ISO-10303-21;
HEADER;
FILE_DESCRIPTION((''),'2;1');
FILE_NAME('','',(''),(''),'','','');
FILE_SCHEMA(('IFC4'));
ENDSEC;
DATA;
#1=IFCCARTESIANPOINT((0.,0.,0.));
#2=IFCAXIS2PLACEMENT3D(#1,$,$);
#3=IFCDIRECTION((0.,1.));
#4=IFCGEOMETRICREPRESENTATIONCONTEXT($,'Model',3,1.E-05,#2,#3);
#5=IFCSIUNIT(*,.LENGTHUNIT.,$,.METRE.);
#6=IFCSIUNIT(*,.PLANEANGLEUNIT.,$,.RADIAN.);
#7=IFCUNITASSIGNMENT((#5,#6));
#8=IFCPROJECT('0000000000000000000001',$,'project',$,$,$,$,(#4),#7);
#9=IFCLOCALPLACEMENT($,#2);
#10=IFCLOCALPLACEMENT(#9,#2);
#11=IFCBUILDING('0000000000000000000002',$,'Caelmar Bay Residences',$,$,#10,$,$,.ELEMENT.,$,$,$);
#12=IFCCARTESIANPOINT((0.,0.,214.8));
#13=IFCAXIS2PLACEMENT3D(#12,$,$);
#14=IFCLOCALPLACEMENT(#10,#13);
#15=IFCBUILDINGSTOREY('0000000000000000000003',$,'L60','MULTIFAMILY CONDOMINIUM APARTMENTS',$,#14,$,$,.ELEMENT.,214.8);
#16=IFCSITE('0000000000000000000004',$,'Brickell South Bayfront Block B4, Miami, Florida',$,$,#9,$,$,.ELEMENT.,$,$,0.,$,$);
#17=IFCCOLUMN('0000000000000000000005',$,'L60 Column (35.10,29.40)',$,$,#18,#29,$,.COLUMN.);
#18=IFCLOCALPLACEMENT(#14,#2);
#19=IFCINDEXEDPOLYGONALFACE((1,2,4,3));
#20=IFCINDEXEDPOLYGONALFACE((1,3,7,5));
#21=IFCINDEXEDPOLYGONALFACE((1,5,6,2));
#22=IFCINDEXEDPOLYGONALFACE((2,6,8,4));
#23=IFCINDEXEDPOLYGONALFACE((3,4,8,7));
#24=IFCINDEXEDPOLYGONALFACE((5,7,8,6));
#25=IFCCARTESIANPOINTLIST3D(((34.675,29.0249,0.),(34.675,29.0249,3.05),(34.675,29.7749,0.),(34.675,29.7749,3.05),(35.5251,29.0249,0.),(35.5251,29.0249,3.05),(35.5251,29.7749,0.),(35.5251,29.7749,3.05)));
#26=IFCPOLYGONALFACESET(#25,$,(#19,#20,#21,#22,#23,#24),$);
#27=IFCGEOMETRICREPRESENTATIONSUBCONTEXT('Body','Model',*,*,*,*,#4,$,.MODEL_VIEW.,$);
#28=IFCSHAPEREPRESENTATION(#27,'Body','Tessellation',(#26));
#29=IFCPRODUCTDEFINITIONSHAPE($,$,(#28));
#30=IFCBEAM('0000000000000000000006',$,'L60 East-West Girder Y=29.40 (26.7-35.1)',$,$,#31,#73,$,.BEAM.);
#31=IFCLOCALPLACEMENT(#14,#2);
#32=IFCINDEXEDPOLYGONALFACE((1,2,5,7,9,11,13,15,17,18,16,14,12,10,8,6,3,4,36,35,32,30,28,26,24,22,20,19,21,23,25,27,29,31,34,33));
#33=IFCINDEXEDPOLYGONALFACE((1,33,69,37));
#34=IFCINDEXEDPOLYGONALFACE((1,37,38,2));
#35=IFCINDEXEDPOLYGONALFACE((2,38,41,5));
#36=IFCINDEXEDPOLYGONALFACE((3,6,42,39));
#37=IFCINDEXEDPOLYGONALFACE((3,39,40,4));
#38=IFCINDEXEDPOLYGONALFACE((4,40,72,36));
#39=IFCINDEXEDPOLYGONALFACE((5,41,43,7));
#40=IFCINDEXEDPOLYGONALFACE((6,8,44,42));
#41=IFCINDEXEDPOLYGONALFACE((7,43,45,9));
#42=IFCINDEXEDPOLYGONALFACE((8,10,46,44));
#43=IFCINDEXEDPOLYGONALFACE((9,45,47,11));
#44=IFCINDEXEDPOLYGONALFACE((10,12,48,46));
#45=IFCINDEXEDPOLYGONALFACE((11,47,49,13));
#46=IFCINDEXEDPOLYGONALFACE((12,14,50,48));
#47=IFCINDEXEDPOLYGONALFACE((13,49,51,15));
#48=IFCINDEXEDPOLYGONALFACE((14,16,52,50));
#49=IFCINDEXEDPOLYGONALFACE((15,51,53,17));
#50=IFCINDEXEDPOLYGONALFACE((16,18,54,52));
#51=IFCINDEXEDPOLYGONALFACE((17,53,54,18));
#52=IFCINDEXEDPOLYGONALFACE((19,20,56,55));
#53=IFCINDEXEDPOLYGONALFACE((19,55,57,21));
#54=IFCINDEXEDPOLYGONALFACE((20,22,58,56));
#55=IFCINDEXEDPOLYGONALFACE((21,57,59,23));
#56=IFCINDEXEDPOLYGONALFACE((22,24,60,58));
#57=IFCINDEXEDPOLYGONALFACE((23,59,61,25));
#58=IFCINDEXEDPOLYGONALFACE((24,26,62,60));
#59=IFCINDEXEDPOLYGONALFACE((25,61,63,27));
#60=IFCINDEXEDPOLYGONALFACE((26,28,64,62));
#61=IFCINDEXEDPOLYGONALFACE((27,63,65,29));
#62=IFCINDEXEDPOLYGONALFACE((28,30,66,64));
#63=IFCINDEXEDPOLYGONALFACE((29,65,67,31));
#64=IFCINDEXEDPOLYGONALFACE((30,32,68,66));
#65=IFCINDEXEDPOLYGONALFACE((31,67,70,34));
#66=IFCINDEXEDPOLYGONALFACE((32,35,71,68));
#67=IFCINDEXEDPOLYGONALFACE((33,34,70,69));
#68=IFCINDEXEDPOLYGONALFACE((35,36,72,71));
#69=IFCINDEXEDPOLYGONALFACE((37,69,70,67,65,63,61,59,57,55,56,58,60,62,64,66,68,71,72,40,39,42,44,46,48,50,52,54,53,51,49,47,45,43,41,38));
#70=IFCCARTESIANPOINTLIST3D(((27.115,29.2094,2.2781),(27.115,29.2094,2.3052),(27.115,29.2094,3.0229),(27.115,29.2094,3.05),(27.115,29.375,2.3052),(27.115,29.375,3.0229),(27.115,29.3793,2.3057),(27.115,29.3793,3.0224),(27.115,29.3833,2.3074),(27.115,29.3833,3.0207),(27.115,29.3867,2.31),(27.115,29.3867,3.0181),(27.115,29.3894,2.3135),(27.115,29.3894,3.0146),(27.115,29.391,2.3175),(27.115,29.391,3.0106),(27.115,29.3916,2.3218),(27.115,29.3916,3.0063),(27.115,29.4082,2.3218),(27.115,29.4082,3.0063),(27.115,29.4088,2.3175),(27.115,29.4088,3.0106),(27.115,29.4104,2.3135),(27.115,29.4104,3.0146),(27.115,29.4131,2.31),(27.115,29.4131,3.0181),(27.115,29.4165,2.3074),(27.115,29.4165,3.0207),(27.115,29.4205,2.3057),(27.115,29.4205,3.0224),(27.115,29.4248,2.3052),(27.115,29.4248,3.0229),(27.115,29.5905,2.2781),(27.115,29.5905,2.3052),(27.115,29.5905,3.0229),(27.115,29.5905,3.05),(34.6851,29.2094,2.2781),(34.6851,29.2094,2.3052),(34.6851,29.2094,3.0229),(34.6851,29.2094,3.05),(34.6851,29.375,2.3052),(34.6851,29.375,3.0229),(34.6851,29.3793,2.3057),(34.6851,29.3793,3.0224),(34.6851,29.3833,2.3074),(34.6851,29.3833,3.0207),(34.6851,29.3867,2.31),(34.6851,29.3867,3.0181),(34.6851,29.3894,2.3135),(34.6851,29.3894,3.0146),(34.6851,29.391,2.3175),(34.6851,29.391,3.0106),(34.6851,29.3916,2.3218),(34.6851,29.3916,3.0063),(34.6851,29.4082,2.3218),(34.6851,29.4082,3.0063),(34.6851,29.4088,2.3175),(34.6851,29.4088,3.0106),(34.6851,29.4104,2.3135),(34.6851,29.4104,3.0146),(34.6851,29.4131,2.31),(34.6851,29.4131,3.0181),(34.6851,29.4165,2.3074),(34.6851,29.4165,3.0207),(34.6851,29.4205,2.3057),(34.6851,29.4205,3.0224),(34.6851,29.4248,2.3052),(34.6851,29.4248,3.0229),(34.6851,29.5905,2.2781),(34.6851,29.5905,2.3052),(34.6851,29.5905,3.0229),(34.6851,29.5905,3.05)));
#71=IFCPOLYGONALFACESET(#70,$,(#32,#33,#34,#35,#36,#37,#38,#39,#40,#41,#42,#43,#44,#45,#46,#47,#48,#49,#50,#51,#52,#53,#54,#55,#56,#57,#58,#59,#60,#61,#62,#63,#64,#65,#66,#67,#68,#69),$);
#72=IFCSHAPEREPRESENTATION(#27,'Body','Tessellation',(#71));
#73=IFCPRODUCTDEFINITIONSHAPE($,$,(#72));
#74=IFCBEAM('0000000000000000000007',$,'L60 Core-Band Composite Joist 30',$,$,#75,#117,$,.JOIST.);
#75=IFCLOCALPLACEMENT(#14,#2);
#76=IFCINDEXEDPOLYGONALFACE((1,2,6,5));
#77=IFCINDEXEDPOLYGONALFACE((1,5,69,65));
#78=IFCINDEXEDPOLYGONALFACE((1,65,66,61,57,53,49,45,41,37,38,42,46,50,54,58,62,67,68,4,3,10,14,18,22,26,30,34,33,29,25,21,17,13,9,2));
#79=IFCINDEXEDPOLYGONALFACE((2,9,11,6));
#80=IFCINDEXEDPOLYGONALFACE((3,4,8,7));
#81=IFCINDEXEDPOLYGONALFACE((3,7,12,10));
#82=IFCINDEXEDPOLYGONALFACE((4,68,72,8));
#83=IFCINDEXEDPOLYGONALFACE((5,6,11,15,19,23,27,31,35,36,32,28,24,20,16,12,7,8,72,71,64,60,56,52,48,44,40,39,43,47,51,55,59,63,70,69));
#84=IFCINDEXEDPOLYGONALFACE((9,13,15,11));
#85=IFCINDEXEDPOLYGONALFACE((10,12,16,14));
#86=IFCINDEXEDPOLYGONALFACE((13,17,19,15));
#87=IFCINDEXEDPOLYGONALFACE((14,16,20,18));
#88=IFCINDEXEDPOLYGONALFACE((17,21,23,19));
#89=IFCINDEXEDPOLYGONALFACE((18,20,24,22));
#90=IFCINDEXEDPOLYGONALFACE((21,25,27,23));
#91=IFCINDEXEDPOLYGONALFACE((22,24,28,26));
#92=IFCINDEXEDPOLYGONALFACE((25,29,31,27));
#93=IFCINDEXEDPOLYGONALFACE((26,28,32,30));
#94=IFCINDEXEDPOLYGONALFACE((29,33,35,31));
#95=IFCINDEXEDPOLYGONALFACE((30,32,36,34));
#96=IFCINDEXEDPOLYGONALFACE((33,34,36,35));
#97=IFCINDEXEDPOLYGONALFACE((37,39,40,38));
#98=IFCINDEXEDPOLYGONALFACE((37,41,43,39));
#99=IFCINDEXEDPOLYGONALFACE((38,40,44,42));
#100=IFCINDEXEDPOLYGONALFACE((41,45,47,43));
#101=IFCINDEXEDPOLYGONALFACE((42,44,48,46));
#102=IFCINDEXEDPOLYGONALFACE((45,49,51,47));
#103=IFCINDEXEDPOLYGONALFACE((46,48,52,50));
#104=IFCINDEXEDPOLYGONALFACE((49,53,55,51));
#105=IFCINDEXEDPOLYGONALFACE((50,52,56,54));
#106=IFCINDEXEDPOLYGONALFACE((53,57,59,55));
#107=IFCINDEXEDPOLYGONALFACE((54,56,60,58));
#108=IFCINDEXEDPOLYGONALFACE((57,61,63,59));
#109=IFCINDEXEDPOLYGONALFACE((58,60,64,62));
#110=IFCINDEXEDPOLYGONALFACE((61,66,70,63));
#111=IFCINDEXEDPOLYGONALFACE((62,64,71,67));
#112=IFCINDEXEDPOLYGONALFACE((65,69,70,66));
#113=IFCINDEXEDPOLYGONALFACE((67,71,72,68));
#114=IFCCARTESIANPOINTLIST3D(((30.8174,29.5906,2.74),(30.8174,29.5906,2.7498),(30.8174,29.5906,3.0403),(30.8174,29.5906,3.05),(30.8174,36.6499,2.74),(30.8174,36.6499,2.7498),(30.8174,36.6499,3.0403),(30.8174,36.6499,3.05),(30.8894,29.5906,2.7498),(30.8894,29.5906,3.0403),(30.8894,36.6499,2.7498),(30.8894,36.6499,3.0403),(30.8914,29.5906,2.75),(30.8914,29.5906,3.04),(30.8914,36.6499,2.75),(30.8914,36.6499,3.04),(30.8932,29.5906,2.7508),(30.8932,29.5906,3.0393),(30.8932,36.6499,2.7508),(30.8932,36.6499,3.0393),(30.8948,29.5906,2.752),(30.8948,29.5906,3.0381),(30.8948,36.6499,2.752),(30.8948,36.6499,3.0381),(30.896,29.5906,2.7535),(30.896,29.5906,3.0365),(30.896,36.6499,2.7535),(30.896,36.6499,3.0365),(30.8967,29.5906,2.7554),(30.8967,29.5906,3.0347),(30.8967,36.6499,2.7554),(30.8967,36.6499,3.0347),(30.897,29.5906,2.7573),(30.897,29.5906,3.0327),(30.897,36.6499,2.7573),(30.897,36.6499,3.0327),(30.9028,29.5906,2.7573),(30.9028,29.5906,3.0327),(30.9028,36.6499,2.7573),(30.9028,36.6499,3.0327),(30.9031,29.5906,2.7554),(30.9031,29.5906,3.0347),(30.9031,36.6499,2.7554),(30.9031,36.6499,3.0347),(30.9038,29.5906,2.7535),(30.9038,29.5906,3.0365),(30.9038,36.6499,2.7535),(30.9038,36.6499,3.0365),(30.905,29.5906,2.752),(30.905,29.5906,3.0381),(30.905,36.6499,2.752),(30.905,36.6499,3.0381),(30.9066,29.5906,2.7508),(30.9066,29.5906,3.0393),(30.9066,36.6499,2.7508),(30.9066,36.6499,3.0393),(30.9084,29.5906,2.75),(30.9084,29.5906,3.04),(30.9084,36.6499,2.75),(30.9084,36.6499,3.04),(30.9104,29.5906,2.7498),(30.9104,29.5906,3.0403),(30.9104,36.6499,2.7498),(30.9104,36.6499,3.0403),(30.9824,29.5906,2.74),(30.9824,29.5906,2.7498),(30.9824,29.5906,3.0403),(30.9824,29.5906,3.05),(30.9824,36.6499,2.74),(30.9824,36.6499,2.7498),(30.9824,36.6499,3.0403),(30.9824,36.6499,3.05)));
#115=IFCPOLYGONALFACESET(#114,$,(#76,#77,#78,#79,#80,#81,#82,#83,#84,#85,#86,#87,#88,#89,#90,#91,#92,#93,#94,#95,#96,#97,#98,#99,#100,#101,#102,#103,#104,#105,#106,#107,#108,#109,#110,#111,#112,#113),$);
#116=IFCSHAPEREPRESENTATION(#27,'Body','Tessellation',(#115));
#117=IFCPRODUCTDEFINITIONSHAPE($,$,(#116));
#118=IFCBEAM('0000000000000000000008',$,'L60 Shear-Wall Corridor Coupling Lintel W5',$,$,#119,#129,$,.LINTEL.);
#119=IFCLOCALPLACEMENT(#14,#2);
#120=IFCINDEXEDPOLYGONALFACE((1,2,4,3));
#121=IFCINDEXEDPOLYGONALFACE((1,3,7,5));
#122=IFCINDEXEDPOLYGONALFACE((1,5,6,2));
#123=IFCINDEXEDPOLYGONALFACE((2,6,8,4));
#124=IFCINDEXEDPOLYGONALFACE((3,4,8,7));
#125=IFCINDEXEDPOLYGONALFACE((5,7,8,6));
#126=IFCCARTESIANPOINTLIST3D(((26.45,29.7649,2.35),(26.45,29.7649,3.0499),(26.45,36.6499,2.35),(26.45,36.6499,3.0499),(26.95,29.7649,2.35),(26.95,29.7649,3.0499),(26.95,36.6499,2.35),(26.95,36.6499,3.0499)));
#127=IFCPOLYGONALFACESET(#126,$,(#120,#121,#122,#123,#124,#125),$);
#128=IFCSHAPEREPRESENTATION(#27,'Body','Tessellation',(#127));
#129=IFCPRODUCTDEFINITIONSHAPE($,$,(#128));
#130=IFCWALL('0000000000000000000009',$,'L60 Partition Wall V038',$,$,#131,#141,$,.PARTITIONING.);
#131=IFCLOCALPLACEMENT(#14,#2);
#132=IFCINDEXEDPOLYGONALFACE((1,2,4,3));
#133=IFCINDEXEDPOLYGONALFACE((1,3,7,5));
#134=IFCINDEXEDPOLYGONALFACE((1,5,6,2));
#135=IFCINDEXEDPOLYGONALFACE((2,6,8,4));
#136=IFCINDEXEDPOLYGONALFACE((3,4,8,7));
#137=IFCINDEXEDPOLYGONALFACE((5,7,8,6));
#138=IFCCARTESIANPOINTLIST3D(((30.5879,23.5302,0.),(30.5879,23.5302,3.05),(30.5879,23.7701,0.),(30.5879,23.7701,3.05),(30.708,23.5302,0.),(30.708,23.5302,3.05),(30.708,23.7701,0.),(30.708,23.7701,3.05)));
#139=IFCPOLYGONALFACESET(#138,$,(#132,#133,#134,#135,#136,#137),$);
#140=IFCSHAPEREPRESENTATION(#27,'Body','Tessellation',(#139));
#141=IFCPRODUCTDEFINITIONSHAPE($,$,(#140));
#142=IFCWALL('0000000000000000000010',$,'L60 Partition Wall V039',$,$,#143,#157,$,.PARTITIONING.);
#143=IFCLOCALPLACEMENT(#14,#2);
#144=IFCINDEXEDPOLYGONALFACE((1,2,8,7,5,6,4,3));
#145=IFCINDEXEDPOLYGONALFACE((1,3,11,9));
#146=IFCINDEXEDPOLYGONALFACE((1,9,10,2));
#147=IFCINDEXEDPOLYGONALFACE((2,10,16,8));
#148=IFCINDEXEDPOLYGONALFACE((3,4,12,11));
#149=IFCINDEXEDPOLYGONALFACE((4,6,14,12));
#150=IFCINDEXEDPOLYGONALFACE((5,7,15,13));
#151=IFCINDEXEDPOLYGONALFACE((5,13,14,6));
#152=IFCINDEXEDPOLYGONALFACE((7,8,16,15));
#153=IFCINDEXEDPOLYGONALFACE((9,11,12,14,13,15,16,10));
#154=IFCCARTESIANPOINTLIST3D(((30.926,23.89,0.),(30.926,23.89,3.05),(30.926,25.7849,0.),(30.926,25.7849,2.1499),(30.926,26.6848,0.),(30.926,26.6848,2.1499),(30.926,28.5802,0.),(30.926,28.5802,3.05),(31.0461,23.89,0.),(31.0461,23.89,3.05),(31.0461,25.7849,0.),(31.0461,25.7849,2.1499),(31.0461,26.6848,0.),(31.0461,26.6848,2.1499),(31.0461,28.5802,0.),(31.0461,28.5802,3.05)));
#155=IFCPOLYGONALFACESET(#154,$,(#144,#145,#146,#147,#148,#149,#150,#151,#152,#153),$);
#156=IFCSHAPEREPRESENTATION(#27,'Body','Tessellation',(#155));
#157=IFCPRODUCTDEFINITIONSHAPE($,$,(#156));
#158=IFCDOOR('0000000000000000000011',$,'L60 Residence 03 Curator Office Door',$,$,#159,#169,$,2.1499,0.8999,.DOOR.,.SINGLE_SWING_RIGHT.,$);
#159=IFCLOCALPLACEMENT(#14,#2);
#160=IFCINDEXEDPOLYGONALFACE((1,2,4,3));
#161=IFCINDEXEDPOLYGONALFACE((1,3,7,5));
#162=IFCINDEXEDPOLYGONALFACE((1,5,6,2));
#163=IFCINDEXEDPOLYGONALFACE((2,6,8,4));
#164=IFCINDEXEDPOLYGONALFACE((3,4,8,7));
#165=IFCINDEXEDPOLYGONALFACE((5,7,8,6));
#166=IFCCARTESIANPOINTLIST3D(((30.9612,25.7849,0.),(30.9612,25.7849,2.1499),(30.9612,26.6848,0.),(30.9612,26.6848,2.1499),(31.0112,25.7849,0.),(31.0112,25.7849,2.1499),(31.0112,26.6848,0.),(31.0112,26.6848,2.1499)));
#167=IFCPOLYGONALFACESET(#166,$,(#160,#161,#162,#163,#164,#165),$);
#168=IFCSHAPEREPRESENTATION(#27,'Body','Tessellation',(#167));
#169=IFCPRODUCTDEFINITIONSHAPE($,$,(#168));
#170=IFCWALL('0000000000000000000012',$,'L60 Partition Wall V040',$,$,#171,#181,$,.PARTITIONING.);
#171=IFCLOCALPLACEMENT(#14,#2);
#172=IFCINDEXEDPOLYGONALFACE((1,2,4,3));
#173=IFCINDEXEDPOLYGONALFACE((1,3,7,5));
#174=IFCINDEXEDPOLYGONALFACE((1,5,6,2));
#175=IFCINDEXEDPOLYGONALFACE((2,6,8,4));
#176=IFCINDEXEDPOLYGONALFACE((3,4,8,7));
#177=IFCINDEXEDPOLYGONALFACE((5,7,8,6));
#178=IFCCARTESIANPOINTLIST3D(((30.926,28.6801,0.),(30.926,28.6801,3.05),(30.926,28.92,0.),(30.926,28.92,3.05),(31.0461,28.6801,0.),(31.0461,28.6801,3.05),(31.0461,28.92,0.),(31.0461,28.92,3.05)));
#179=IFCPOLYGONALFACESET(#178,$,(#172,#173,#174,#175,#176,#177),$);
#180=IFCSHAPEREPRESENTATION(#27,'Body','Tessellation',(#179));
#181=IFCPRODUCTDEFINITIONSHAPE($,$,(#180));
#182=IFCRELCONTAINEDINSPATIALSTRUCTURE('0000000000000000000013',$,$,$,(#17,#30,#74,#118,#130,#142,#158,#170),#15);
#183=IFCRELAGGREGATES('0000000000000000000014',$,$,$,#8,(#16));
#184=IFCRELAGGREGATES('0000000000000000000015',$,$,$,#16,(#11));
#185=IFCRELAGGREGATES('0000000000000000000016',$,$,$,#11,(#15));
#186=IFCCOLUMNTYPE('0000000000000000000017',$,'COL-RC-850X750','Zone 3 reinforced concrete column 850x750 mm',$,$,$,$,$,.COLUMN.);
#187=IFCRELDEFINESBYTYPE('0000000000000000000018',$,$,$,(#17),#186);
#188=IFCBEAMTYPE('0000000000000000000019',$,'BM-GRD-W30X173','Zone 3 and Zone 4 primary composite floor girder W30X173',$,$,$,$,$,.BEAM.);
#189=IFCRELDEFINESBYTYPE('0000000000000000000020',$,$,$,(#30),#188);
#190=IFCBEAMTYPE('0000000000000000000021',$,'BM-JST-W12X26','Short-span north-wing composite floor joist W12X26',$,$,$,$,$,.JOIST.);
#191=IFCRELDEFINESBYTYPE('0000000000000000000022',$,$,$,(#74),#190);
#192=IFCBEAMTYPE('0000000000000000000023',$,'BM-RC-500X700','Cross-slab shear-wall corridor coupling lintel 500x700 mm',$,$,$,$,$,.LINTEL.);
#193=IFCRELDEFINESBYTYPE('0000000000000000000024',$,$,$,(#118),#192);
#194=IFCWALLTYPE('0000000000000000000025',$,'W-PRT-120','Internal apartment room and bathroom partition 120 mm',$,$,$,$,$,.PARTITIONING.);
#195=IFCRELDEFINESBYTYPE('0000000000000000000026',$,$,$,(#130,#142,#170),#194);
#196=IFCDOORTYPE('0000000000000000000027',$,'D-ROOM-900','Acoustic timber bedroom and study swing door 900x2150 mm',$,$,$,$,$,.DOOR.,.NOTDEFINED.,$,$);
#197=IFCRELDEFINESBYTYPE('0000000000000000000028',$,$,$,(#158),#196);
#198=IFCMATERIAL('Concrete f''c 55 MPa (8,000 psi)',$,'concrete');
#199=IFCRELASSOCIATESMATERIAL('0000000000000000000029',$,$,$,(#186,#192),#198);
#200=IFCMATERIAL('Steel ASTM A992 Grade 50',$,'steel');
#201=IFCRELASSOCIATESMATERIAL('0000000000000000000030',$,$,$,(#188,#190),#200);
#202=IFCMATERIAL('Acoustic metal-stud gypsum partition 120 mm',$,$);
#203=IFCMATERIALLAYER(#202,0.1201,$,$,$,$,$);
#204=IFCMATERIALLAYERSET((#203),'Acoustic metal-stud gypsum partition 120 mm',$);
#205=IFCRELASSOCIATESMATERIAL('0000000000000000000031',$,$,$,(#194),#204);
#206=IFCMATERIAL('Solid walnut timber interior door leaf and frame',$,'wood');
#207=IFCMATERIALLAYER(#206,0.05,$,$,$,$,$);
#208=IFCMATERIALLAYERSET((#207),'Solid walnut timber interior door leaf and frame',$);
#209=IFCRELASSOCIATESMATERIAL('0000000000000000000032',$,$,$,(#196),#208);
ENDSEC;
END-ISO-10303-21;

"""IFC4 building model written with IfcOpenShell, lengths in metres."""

from ifc_helpers import new_model, si_unit, direction, frame, frame_2d, origin, origin_2d, place, context, subcontext, project, spatial, rectangle, i_section, extrude, material, layer, layer_set, material_profile, profile_set, type_object, element, fill, save


model = new_model("IFC4")

# Units and contexts
model_context = context("Model", 3, precision=1e-05, world=origin(), true_north=direction((0.0, 1.0)))
body_context = subcontext(model_context, "Body", "Model", "MODEL_VIEW")
ifc_project = project(units=[si_unit("LENGTHUNIT", "METRE"), si_unit("PLANEANGLEUNIT", "RADIAN")], contexts=[model_context])

# Site, building, storey
site_placement = place(None, origin())
site = spatial("IfcSite", under=ifc_project, at=site_placement, Name="Brickell South Bayfront Block B4, Miami, Florida", CompositionType="ELEMENT", RefElevation=0.0)
building_placement = place(site_placement, origin())
building = spatial("IfcBuilding", under=site, at=building_placement, Name="Caelmar Bay Residences", CompositionType="ELEMENT")
storey_placement = place(building_placement, frame((0.0, 0.0, 214.8)))
storey = spatial("IfcBuildingStorey", under=building, at=storey_placement, Name="L60", Description="MULTIFAMILY CONDOMINIUM APARTMENTS", CompositionType="ELEMENT", Elevation=214.8)

# Column
ifc_material_1 = material(Name="Concrete f'c 55 MPa (8,000 psi)", Category="concrete")
ifc_material_profile_1 = material_profile(ifc_material_1, rectangle(XDim=0.8501, YDim=0.75, at=origin_2d()), Name="RC-COL-850X750")
ifc_profile_set_1 = profile_set([ifc_material_profile_1], Name="Concrete f'c 55 MPa (8,000 psi)")
column_type = type_object("IfcColumnType", Name="COL-RC-850X750", Description="Zone 3 reinforced concrete column 850x750 mm", PredefinedType="COLUMN", material=ifc_profile_set_1)
column_placement = place(storey_placement, frame((35.1001, 29.3999, 0.0), z_axis=(0.0, 0.0, 1.0), x_axis=(1.0, 0.0, 0.0)))
element("IfcColumn", 1, at=column_placement, inside=storey, type_object=column_type, Name="L60 Column (35.10,29.40)", PredefinedType="COLUMN", context=body_context, shape_type="SweptSolid", body=[
    extrude(rectangle(XDim=0.8501, YDim=0.75, at=origin_2d()), origin(), (0.0, 0.0, 1.0), 3.05),
])

# Beams
ifc_material_2 = material(Name="Steel ASTM A992 Grade 50", Category="steel")
ifc_material_profile_2 = material_profile(ifc_material_2, i_section(OverallWidth=0.3811, OverallDepth=0.772, WebThickness=0.0166, FlangeThickness=0.0271, FilletRadius=0.0166, at=origin_2d()), Name="W30X173")
ifc_profile_set_2 = profile_set([ifc_material_profile_2], Name="Steel ASTM A992 Grade 50")
beam_type_1 = type_object("IfcBeamType", Name="BM-GRD-W30X173", Description="Zone 3 and Zone 4 primary composite floor girder W30X173", PredefinedType="BEAM", material=ifc_profile_set_2)
beam_1_placement = place(storey_placement, frame((27.115, 29.3999, 2.6641), z_axis=(1.0, 0.0, 0.0), x_axis=(0.0, 1.0, 0.0)))
element("IfcBeam", 2, at=beam_1_placement, inside=storey, type_object=beam_type_1, Name="L60 East-West Girder Y=29.40 (26.7-35.1)", PredefinedType="BEAM", context=body_context, shape_type="SweptSolid", body=[
    extrude(i_section(OverallWidth=0.3811, OverallDepth=0.772, WebThickness=0.0166, FlangeThickness=0.0271, FilletRadius=0.0166, at=origin_2d()), origin(), (0.0, 0.0, 1.0), 7.5701),
])
ifc_material_profile_3 = material_profile(ifc_material_2, i_section(OverallWidth=0.165, OverallDepth=0.3101, WebThickness=0.0059, FlangeThickness=0.0098, FilletRadius=0.0076, at=origin_2d()), Name="W12X26")
ifc_profile_set_3 = profile_set([ifc_material_profile_3], Name="Steel ASTM A992 Grade 50")
beam_type_2 = type_object("IfcBeamType", Name="BM-JST-W12X26", Description="Short-span north-wing composite floor joist W12X26", PredefinedType="JOIST", material=ifc_profile_set_3)
beam_2_placement = place(storey_placement, frame((30.8999, 29.5906, 2.895), z_axis=(0.0, 1.0, 0.0), x_axis=(-1.0, 0.0, 0.0)))
element("IfcBeam", 3, at=beam_2_placement, inside=storey, type_object=beam_type_2, Name="L60 Core-Band Composite Joist 30", PredefinedType="JOIST", context=body_context, shape_type="SweptSolid", body=[
    extrude(i_section(OverallWidth=0.165, OverallDepth=0.3101, WebThickness=0.0059, FlangeThickness=0.0098, FilletRadius=0.0076, at=origin_2d()), origin(), (0.0, 0.0, 1.0), 7.0593),
])
ifc_material_profile_4 = material_profile(ifc_material_1, rectangle(XDim=0.5, YDim=0.7, at=origin_2d()), Name="RC-BM-500X700")
ifc_profile_set_4 = profile_set([ifc_material_profile_4], Name="Concrete f'c 55 MPa (8,000 psi)")
beam_type_3 = type_object("IfcBeamType", Name="BM-RC-500X700", Description="Cross-slab shear-wall corridor coupling lintel 500x700 mm", PredefinedType="LINTEL", material=ifc_profile_set_4)
beam_3_placement = place(storey_placement, frame((26.7, 29.7649, 2.7), z_axis=(0.0, 1.0, 0.0), x_axis=(-1.0, 0.0, 0.0)))
element("IfcBeam", 4, at=beam_3_placement, inside=storey, type_object=beam_type_3, Name="L60 Shear-Wall Corridor Coupling Lintel W5", PredefinedType="LINTEL", context=body_context, shape_type="SweptSolid", body=[
    extrude(rectangle(XDim=0.5, YDim=0.7, at=origin_2d()), origin(), (0.0, 0.0, 1.0), 6.885),
])

# Wall
ifc_material_3 = material(Name="Acoustic metal-stud gypsum partition 120 mm")
ifc_layer_1 = layer(ifc_material_3, 0.1201)
ifc_layer_set_1 = layer_set([ifc_layer_1], Name="Acoustic metal-stud gypsum partition 120 mm")
wall_type_1 = type_object("IfcWallType", Name="W-PRT-120", Description="Internal apartment room and bathroom partition 120 mm", PredefinedType="PARTITIONING", material=ifc_layer_set_1)
wall_1_placement = place(storey_placement, frame((30.6479, 23.53, 0.0), z_axis=(0.0, 0.0, 1.0), x_axis=(0.0, 1.0, 0.0)))
element("IfcWall", 5, at=wall_1_placement, inside=storey, type_object=wall_type_1, Name="L60 Partition Wall V038", PredefinedType="PARTITIONING", context=body_context, shape_type="SweptSolid", body=[
    extrude(rectangle(XDim=0.24, YDim=0.1201, at=frame_2d((0.1201, 0.0))), origin(), (0.0, 0.0, 1.0), 3.05),
])

# Wall, opening, door
wall_2_placement = place(storey_placement, frame((30.9861, 23.8899, 0.0), z_axis=(0.0, 0.0, 1.0), x_axis=(0.0, 1.0, 0.0)))
wall_2 = element("IfcWall", 6, at=wall_2_placement, inside=storey, type_object=wall_type_1, Name="L60 Partition Wall V039", PredefinedType="PARTITIONING", context=body_context, shape_type="SweptSolid", body=[
    extrude(rectangle(XDim=4.6902, YDim=0.1201, at=frame_2d((2.3452, 0.0))), origin(), (0.0, 0.0, 1.0), 3.05),
])
opening_1_placement = place(wall_2_placement, frame((1.895, 0.0, 0.0)))
opening_1 = element("IfcOpeningElement", 7, at=opening_1_placement, cuts=wall_2, PredefinedType="OPENING", context=body_context, shape_type="SweptSolid", body=[
    extrude(rectangle(XDim=0.8999, YDim=2.1499, at=frame_2d((0.45, 1.075))), frame((0.0, 0.0701, 0.0), z_axis=(0.0, -1.0, 0.0), x_axis=(1.0, 0.0, 0.0)), (0.0, 0.0, 1.0), 0.1401),
])
ifc_material_4 = material(Name="Solid walnut timber interior door leaf and frame", Category="wood")
ifc_layer_2 = layer(ifc_material_4, 0.05)
ifc_layer_set_2 = layer_set([ifc_layer_2], Name="Solid walnut timber interior door leaf and frame")
door_type_1 = type_object("IfcDoorType", Name="D-ROOM-900", Description="Acoustic timber bedroom and study swing door 900x2150 mm", OperationType="NOTDEFINED", PredefinedType="DOOR", material=ifc_layer_set_2)
door_1_placement = place(opening_1_placement, origin())
door_1 = element("IfcDoor", 8, at=door_1_placement, inside=storey, type_object=door_type_1, Name="L60 Residence 03 Curator Office Door", OperationType="SINGLE_SWING_RIGHT", OverallHeight=2.1499, OverallWidth=0.8999, PredefinedType="DOOR", context=body_context, shape_type="SweptSolid", body=[
    extrude(rectangle(XDim=0.8999, YDim=2.1499, at=frame_2d((0.45, 1.075))), frame((0.0, 0.0249, 0.0), z_axis=(0.0, -1.0, 0.0), x_axis=(1.0, 0.0, 0.0)), (0.0, 0.0, 1.0), 0.05),
])
fill(opening_1, door_1)

# Wall
wall_3_placement = place(storey_placement, frame((30.9861, 28.6799, 0.0), z_axis=(0.0, 0.0, 1.0), x_axis=(0.0, 1.0, 0.0)))
element("IfcWall", 9, at=wall_3_placement, inside=storey, type_object=wall_type_1, Name="L60 Partition Wall V040", PredefinedType="PARTITIONING", context=body_context, shape_type="SweptSolid", body=[
    extrude(rectangle(XDim=0.24, YDim=0.1201, at=frame_2d((0.1201, 0.0))), origin(), (0.0, 0.0, 1.0), 3.05),
])

save(model, "model.ifc")
